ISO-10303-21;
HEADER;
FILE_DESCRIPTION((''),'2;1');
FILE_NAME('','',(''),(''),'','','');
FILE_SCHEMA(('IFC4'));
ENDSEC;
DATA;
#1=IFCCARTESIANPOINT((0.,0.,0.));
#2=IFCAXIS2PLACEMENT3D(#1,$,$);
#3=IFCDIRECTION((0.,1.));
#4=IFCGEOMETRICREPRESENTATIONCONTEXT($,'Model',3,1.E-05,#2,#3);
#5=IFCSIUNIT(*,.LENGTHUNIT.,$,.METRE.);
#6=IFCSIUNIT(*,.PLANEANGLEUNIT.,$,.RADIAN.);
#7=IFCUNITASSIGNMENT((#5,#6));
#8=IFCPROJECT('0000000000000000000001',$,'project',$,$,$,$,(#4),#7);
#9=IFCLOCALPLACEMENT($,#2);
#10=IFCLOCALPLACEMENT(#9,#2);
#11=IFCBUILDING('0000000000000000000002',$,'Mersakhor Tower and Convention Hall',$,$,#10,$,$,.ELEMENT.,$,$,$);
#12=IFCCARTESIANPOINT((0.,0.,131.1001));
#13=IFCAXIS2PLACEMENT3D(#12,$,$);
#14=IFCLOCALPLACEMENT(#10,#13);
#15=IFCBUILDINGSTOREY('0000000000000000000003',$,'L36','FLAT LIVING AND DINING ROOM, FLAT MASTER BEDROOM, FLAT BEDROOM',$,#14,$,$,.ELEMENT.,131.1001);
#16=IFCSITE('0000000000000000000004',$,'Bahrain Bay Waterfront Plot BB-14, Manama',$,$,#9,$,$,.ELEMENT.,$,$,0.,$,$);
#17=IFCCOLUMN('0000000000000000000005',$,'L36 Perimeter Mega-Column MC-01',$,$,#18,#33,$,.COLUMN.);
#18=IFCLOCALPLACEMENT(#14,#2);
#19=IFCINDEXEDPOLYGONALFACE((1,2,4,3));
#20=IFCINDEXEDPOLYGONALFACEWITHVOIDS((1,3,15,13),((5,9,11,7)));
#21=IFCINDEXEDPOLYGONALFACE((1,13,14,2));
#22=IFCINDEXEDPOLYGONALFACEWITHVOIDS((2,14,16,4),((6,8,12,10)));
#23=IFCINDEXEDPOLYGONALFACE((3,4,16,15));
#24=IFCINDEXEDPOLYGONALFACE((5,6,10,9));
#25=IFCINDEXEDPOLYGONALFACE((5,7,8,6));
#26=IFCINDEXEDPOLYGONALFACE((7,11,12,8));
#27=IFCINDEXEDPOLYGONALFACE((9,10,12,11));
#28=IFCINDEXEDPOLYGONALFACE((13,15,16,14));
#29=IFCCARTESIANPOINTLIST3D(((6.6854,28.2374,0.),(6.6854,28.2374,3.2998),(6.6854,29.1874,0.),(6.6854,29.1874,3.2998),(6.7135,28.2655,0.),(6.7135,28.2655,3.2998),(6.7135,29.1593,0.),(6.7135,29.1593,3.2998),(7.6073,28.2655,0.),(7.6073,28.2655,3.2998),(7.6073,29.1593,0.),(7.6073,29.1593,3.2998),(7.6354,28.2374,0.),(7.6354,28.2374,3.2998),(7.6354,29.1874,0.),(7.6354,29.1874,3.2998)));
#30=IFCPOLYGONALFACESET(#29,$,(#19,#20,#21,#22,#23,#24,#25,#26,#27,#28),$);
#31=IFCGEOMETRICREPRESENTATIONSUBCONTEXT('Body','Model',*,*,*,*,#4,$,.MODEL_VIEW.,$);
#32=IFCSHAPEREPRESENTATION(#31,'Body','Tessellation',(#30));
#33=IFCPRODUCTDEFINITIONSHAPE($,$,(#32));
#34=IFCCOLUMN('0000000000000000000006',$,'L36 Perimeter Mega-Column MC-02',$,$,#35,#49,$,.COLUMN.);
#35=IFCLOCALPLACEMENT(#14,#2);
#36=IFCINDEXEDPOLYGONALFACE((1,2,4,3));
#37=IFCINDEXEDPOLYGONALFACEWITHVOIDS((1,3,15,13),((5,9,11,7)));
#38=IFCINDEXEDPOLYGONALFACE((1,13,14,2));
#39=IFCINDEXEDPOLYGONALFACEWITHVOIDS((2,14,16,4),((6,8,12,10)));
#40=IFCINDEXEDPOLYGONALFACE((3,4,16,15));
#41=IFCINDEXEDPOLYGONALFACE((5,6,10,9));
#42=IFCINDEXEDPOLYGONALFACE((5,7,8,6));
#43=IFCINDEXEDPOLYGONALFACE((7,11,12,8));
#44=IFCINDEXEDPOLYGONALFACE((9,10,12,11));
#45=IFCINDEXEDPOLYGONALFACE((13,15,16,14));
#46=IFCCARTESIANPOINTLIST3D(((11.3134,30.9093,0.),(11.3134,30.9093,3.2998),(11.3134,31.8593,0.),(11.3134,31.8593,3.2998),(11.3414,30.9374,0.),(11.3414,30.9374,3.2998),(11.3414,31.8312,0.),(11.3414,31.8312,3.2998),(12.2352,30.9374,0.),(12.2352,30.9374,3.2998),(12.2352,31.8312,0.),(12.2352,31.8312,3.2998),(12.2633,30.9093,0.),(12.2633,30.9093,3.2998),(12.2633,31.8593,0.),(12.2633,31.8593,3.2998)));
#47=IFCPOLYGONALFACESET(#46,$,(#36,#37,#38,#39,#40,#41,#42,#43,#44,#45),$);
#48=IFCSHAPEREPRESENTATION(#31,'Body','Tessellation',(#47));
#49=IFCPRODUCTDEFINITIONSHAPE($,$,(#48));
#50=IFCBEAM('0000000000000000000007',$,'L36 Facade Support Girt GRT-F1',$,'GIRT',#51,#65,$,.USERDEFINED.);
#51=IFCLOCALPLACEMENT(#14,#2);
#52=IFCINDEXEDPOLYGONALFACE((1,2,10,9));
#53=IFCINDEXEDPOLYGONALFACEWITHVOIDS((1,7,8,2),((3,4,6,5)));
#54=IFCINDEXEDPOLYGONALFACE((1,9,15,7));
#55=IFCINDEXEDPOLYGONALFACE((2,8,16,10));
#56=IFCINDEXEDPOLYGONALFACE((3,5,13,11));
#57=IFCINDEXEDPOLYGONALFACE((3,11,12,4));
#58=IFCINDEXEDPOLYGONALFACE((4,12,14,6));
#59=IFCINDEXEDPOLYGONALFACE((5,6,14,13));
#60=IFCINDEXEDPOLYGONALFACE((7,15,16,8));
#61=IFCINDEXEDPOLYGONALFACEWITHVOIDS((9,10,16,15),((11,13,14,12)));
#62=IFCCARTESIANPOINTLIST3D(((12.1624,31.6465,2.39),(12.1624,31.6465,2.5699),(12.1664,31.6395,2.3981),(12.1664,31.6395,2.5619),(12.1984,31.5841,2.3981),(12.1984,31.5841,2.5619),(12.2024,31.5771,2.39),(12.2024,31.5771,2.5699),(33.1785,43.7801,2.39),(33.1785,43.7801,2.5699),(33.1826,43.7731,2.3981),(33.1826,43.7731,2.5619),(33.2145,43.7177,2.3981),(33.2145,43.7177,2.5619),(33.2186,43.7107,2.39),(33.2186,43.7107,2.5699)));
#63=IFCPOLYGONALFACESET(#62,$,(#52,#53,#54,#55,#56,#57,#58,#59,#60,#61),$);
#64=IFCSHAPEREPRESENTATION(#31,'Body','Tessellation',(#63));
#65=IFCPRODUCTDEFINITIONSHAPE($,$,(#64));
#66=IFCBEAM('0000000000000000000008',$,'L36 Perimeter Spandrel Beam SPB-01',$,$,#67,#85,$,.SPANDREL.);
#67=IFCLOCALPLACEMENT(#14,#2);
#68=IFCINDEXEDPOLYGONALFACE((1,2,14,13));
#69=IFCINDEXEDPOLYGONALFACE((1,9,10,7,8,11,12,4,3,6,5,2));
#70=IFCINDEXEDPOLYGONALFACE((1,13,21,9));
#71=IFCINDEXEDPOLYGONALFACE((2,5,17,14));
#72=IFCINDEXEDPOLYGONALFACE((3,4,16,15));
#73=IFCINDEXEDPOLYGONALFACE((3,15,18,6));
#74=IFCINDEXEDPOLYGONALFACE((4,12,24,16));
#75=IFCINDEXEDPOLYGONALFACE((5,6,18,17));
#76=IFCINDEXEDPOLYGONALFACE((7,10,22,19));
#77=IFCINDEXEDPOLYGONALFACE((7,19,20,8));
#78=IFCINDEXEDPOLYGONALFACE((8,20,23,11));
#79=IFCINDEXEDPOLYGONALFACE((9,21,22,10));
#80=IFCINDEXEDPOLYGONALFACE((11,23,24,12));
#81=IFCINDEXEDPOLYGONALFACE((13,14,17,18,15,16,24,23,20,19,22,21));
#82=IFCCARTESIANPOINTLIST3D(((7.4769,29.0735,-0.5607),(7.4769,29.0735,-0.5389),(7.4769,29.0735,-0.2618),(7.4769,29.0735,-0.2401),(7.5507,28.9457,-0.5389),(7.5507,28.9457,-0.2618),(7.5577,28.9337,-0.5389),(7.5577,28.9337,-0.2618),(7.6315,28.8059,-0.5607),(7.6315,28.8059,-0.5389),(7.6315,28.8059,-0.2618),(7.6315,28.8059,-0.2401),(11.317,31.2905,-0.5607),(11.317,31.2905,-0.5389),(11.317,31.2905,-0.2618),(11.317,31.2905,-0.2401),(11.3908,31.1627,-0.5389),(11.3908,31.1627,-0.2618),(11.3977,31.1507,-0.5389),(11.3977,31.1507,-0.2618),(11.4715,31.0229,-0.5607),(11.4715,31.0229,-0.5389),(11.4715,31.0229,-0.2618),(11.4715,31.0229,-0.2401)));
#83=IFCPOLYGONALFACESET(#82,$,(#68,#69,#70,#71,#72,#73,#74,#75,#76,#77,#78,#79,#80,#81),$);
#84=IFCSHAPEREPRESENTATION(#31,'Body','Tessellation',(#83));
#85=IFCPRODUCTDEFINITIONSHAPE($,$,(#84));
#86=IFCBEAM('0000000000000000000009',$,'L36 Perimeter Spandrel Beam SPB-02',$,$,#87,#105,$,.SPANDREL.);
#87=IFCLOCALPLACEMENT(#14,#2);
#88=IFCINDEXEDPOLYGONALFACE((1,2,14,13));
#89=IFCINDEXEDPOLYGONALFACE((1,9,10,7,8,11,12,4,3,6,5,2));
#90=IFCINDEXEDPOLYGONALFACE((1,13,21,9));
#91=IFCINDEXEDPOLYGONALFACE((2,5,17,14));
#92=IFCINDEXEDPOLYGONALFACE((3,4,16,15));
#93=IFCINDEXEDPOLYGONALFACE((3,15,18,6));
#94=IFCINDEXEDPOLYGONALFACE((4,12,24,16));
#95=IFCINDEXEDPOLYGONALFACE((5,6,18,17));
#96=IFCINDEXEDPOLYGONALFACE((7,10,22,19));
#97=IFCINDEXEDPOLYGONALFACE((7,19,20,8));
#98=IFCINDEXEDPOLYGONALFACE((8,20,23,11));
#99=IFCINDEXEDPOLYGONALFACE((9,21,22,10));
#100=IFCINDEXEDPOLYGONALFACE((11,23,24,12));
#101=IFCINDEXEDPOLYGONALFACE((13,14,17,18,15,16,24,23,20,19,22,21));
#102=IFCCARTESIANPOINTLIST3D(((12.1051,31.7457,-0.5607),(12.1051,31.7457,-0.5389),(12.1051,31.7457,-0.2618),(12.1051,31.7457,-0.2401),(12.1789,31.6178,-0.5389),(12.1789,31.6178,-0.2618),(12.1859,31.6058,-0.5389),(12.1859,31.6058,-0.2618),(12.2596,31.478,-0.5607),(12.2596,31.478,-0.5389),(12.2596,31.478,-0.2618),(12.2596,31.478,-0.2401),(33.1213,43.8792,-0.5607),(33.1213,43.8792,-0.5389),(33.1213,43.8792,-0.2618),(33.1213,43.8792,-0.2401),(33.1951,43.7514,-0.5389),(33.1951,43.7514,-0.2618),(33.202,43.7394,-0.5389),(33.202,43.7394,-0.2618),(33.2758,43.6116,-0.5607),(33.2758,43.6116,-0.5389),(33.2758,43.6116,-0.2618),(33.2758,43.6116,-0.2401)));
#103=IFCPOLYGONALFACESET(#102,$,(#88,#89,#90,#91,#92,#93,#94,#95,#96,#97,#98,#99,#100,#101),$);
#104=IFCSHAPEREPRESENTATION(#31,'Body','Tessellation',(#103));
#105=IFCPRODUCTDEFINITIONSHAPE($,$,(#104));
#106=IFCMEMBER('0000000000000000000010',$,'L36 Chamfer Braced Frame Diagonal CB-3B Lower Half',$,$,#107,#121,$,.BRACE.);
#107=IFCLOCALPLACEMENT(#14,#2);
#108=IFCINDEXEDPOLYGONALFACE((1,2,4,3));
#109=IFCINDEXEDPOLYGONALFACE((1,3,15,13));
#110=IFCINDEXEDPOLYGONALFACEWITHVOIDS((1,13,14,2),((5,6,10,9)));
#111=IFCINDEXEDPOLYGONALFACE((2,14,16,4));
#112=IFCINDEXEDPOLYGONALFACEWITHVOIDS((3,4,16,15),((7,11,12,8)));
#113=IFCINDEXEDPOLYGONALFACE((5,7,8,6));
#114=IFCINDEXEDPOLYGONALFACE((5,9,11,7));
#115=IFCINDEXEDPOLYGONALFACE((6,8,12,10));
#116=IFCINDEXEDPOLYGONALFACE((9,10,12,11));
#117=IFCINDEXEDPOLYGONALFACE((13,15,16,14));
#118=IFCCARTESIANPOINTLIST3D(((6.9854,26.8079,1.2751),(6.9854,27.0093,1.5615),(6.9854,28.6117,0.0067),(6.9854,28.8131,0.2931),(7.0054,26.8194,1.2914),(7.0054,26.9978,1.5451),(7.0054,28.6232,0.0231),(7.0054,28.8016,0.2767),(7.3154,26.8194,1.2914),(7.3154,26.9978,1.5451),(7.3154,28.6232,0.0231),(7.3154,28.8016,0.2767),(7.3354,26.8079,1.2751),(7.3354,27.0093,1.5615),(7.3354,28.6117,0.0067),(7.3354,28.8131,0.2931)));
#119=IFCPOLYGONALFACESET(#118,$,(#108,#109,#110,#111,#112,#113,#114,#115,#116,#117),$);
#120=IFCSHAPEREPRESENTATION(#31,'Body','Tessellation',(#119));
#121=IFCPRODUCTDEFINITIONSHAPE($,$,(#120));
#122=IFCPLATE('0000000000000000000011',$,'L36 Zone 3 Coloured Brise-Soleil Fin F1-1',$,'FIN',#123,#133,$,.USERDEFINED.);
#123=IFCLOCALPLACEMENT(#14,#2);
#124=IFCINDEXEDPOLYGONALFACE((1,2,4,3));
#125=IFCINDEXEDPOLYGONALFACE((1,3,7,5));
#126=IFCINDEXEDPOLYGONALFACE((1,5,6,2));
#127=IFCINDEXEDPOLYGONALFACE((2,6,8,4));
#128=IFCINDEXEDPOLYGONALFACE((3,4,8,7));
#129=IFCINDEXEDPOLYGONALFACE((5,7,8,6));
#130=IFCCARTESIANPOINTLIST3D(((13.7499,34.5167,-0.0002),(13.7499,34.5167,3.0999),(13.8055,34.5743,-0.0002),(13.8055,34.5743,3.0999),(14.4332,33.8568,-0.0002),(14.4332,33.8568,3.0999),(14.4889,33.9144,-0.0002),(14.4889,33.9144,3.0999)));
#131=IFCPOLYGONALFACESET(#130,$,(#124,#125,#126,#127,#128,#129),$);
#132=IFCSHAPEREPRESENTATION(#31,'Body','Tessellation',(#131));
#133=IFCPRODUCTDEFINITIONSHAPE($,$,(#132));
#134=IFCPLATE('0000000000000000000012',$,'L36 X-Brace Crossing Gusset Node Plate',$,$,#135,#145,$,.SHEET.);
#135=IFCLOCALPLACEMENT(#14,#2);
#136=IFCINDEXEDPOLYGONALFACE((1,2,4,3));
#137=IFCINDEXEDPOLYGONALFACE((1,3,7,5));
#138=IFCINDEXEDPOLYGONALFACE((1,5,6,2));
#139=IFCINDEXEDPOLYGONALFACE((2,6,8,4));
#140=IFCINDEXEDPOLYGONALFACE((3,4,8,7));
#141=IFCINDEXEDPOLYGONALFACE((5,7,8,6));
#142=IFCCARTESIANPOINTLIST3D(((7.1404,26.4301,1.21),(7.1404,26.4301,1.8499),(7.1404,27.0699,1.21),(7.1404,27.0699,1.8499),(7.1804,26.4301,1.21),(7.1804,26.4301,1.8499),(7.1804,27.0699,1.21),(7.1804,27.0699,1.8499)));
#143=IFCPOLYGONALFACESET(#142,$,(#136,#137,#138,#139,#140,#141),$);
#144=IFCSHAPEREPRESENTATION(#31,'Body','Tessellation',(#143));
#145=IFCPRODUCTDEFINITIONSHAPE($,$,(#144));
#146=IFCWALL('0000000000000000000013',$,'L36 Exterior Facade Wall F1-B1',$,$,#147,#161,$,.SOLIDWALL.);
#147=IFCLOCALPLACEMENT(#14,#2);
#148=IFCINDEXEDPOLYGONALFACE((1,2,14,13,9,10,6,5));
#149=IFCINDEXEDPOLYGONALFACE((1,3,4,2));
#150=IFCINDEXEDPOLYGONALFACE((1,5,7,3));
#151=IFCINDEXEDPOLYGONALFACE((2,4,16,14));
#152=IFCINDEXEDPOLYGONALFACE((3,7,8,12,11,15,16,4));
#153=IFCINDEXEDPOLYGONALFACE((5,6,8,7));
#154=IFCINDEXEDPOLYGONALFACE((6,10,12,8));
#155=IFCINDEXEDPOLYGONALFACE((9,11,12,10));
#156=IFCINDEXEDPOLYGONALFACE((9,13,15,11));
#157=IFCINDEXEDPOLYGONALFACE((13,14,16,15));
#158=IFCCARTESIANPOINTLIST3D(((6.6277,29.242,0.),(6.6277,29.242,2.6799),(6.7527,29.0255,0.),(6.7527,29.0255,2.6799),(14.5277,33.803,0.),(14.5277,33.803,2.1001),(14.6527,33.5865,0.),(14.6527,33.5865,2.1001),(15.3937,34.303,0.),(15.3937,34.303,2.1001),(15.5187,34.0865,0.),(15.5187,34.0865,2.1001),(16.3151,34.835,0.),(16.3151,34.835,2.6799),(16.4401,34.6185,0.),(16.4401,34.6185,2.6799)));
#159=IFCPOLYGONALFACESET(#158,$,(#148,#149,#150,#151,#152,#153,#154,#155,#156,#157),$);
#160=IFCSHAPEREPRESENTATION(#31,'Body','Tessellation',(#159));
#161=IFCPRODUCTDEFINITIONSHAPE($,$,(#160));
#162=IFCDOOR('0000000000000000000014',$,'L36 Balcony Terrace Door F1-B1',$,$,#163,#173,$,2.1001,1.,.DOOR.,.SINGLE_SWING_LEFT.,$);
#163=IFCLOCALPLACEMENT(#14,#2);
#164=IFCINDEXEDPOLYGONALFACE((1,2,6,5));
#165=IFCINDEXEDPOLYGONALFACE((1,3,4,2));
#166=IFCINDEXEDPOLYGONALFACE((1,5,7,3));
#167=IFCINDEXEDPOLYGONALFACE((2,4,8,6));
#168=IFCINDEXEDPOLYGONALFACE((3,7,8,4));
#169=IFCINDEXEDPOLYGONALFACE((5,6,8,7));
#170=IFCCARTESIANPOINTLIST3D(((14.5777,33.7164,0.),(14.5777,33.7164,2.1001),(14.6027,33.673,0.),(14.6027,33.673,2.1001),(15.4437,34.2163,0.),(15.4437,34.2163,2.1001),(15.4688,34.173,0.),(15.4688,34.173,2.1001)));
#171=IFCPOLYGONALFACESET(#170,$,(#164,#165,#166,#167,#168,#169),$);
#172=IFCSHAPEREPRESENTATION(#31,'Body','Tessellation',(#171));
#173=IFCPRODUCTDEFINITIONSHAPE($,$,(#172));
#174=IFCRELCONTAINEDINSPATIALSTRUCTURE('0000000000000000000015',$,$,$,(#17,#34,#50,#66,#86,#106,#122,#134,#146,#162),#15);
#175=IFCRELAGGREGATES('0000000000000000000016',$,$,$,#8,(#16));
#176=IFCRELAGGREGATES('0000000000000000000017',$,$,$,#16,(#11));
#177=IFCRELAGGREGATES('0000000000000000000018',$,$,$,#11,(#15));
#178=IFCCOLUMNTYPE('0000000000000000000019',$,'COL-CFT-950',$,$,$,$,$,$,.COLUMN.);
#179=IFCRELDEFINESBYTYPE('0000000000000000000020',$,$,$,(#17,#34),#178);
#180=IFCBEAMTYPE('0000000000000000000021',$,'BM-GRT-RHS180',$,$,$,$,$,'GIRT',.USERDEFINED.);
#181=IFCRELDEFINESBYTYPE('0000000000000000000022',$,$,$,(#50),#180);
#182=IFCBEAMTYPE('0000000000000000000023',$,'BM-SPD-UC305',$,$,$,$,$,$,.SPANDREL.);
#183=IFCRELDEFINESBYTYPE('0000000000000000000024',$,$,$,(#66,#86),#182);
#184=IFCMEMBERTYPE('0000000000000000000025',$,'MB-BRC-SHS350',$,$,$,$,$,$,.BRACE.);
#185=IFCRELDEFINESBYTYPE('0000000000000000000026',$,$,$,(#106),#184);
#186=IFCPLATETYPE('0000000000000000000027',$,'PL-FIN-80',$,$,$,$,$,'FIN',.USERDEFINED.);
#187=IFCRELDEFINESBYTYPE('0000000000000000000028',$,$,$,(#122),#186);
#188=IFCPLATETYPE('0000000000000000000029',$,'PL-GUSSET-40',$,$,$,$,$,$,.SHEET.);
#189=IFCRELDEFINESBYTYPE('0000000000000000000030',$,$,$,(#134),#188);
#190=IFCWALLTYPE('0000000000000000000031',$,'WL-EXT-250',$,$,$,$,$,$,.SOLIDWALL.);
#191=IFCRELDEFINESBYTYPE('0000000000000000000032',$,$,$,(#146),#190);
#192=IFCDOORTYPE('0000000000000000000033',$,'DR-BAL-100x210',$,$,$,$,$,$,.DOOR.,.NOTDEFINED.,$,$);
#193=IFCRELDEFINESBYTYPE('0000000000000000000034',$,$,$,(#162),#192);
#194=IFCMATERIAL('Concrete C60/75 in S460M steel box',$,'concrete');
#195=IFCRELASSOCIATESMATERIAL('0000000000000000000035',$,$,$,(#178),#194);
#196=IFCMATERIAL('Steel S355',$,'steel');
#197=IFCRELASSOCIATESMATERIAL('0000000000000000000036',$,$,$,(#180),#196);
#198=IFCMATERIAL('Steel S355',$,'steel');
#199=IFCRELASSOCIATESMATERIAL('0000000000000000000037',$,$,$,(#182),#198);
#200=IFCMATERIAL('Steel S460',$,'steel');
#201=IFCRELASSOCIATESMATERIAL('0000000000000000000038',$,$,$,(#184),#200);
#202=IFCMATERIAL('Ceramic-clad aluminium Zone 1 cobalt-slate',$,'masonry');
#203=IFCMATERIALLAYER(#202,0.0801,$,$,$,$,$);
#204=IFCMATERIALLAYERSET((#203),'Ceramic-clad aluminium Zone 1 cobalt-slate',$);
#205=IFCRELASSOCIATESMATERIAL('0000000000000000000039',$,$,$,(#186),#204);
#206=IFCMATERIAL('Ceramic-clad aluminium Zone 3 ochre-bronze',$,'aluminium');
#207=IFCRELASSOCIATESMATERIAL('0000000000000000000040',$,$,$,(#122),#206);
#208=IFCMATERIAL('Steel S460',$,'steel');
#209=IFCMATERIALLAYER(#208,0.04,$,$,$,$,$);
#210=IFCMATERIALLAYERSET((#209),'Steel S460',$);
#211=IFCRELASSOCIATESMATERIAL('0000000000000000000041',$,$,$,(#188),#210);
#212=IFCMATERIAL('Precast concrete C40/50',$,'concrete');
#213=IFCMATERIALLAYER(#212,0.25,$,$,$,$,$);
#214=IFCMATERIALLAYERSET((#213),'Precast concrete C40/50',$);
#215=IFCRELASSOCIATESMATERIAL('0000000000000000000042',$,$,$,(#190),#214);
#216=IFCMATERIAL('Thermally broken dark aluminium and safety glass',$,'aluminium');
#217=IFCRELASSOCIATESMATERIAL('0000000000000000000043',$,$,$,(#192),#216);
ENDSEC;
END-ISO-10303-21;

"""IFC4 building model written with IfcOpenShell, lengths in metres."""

from ifc_helpers import new_model, si_unit, direction, frame, frame_2d, origin, origin_2d, place, context, subcontext, project, spatial, rectangle, hollow_rectangle, i_section, extrude, material, layer, layer_set, material_profile, profile_set, type_object, element, fill, save


model = new_model("IFC4")

# Units and contexts
model_context = context("Model", 3, precision=1e-05, world=origin(), true_north=direction((0.0, 1.0)))
body_context = subcontext(model_context, "Body", "Model", "MODEL_VIEW")
ifc_project = project(units=[si_unit("LENGTHUNIT", "METRE"), si_unit("PLANEANGLEUNIT", "RADIAN")], contexts=[model_context])

# Site, building, storey
site_placement = place(None, origin())
site = spatial("IfcSite", under=ifc_project, at=site_placement, Name="Bahrain Bay Waterfront Plot BB-14, Manama", CompositionType="ELEMENT", RefElevation=0.0)
building_placement = place(site_placement, origin())
building = spatial("IfcBuilding", under=site, at=building_placement, Name="Mersakhor Tower and Convention Hall", CompositionType="ELEMENT")
storey_placement = place(building_placement, frame((0.0, 0.0, 131.1001)))
storey = spatial("IfcBuildingStorey", under=building, at=storey_placement, Name="L36", Description="FLAT LIVING AND DINING ROOM, FLAT MASTER BEDROOM, FLAT BEDROOM", CompositionType="ELEMENT", Elevation=131.1001)

# Columns
ifc_material_1 = material(Name="Concrete C60/75 in S460M steel box", Category="concrete")
ifc_material_profile_1 = material_profile(ifc_material_1, hollow_rectangle(XDim=0.95, YDim=0.95, WallThickness=0.0281, at=origin_2d()), Name="SHS 950x950x28")
ifc_profile_set_1 = profile_set([ifc_material_profile_1], Name="Concrete C60/75 in S460M steel box")
column_type = type_object("IfcColumnType", Name="COL-CFT-950", PredefinedType="COLUMN", material=ifc_profile_set_1)
for number, where, z_axis, x_axis, name in (
    (1, (7.1604, 28.7124, 0.0), (0.0, 0.0, 1.0), (1.0, 0.0, 0.0), "L36 Perimeter Mega-Column MC-01"),
    (2, (11.7883, 31.3843, 0.0), (0.0, 0.0, 1.0), (1.0, 0.0, 0.0), "L36 Perimeter Mega-Column MC-02"),
):
    element("IfcColumn", number, at=place(storey_placement, frame(where, z_axis=z_axis, x_axis=x_axis)), inside=storey, type_object=column_type, Name=name, PredefinedType="COLUMN", context=body_context, shape_type="SweptSolid", body=[
        extrude(hollow_rectangle(XDim=0.95, YDim=0.95, WallThickness=0.0281, at=origin_2d()), origin(), (0.0, 0.0, 1.0), 3.2998),
    ])

# Beams
ifc_material_2 = material(Name="Steel S355", Category="steel")
ifc_material_profile_2 = material_profile(ifc_material_2, hollow_rectangle(XDim=0.0801, YDim=0.1799, WallThickness=0.0081, at=origin_2d()), Name="RHS 180x80x8")
ifc_profile_set_2 = profile_set([ifc_material_profile_2], Name="Steel S355")
beam_type_1 = type_object("IfcBeamType", Name="BM-GRT-RHS180", ElementType="GIRT", PredefinedType="USERDEFINED", material=ifc_profile_set_2)
beam_1_placement = place(storey_placement, frame((12.1824, 31.6118, 2.48), z_axis=(0.866027, 0.499996, 0.0), x_axis=(-0.499996, 0.866027, 0.0)))
element("IfcBeam", 3, at=beam_1_placement, inside=storey, type_object=beam_type_1, Name="L36 Facade Support Girt GRT-F1", ObjectType="GIRT", PredefinedType="USERDEFINED", context=body_context, shape_type="SweptSolid", body=[
    extrude(hollow_rectangle(XDim=0.0801, YDim=0.1799, WallThickness=0.0081, at=origin_2d()), origin(), (0.0, 0.0, 1.0), 24.2673),
])
ifc_material_3 = material(Name="Steel S355", Category="steel")
ifc_material_profile_3 = material_profile(ifc_material_3, i_section(OverallWidth=0.3091, OverallDepth=0.3206, WebThickness=0.0139, FlangeThickness=0.0217, at=origin_2d()), Name="UC 305x305x137")
ifc_profile_set_3 = profile_set([ifc_material_profile_3], Name="Steel S355")
beam_type_2 = type_object("IfcBeamType", Name="BM-SPD-UC305", PredefinedType="SPANDREL", material=ifc_profile_set_3)
beam_2_placement = place(storey_placement, frame((7.5542, 28.9397, -0.4004), z_axis=(0.866029, 0.499994, 0.0), x_axis=(-0.499994, 0.866029, 0.0)))
element("IfcBeam", 4, at=beam_2_placement, inside=storey, type_object=beam_type_2, Name="L36 Perimeter Spandrel Beam SPB-01", PredefinedType="SPANDREL", context=body_context, shape_type="SweptSolid", body=[
    extrude(i_section(OverallWidth=0.3091, OverallDepth=0.3206, WebThickness=0.0139, FlangeThickness=0.0217, at=origin_2d()), origin(), (0.0, 0.0, 1.0), 4.4341),
])
beam_3_placement = place(storey_placement, frame((12.1824, 31.6118, -0.4004), z_axis=(0.866027, 0.499996, 0.0), x_axis=(-0.499996, 0.866027, 0.0)))
element("IfcBeam", 5, at=beam_3_placement, inside=storey, type_object=beam_type_2, Name="L36 Perimeter Spandrel Beam SPB-02", PredefinedType="SPANDREL", context=body_context, shape_type="SweptSolid", body=[
    extrude(i_section(OverallWidth=0.3091, OverallDepth=0.3206, WebThickness=0.0139, FlangeThickness=0.0217, at=origin_2d()), origin(), (0.0, 0.0, 1.0), 24.2673),
])

# Member
ifc_material_4 = material(Name="Steel S460", Category="steel")
ifc_material_profile_4 = material_profile(ifc_material_4, hollow_rectangle(XDim=0.3501, YDim=0.3501, WallThickness=0.02, at=origin_2d()), Name="SHS 350x350x20")
ifc_profile_set_4 = profile_set([ifc_material_profile_4], Name="Steel S460")
member_type = type_object("IfcMemberType", Name="MB-BRC-SHS350", PredefinedType="BRACE", material=ifc_profile_set_4)
member_placement = place(storey_placement, frame((7.1604, 28.7124, 0.1499), z_axis=(0.0, -0.818013, 0.5752), x_axis=(1.0, 0.0, 0.0)))
element("IfcMember", 6, at=member_placement, inside=storey, type_object=member_type, Name="L36 Chamfer Braced Frame Diagonal CB-3B Lower Half", PredefinedType="BRACE", context=body_context, shape_type="SweptSolid", body=[
    extrude(hollow_rectangle(XDim=0.3501, YDim=0.3501, WallThickness=0.02, at=origin_2d()), origin(), (0.0, 0.0, 1.0), 2.2051),
])

# Plates
ifc_material_5 = material(Name="Ceramic-clad aluminium Zone 3 ochre-bronze", Category="aluminium")
ifc_material_6 = material(Name="Ceramic-clad aluminium Zone 1 cobalt-slate", Category="masonry")
ifc_layer_1 = layer(ifc_material_6, 0.0801)
ifc_layer_set_1 = layer_set([ifc_layer_1], Name="Ceramic-clad aluminium Zone 1 cobalt-slate")
plate_type_1 = type_object("IfcPlateType", Name="PL-FIN-80", ElementType="FIN", PredefinedType="USERDEFINED", material=ifc_layer_set_1)
plate_1_placement = place(storey_placement, frame((14.1194, 34.2156, -0.0002), z_axis=(0.0, 0.0, 1.0), x_axis=(-0.71934, 0.694658, 0.0)))
element("IfcPlate", 7, at=plate_1_placement, inside=storey, type_object=plate_type_1, material=ifc_material_5, Name="L36 Zone 3 Coloured Brise-Soleil Fin F1-1", ObjectType="FIN", PredefinedType="USERDEFINED", context=body_context, shape_type="SweptSolid", body=[
    extrude(rectangle(XDim=0.95, YDim=0.0801, at=origin_2d()), origin(), (0.0, 0.0, 1.0), 3.1001),
])
ifc_material_7 = material(Name="Steel S460", Category="steel")
ifc_layer_2 = layer(ifc_material_7, 0.04)
ifc_layer_set_2 = layer_set([ifc_layer_2], Name="Steel S460")
plate_type_2 = type_object("IfcPlateType", Name="PL-GUSSET-40", PredefinedType="SHEET", material=ifc_layer_set_2)
plate_2_placement = place(storey_placement, frame((7.1604, 26.75, 1.21), z_axis=(0.0, 0.0, 1.0), x_axis=(0.0, -1.0, 0.0)))
element("IfcPlate", 8, at=plate_2_placement, inside=storey, type_object=plate_type_2, Name="L36 X-Brace Crossing Gusset Node Plate", PredefinedType="SHEET", context=body_context, shape_type="SweptSolid", body=[
    extrude(rectangle(XDim=0.6399, YDim=0.04, at=origin_2d()), origin(), (0.0, 0.0, 1.0), 0.6399),
])

# Wall, opening, door
ifc_material_8 = material(Name="Precast concrete C40/50", Category="concrete")
ifc_layer_3 = layer(ifc_material_8, 0.25)
ifc_layer_set_3 = layer_set([ifc_layer_3], Name="Precast concrete C40/50")
wall_type_1 = type_object("IfcWallType", Name="WL-EXT-250", PredefinedType="SOLIDWALL", material=ifc_layer_set_3)
wall_1_placement = place(storey_placement, frame((6.6902, 29.1338, 0.0), z_axis=(0.0, 0.0, 1.0), x_axis=(0.866028, 0.499996, 0.0)))
wall_1 = element("IfcWall", 9, at=wall_1_placement, inside=storey, type_object=wall_type_1, Name="L36 Exterior Facade Wall F1-B1", PredefinedType="SOLIDWALL", context=body_context, shape_type="SweptSolid", body=[
    extrude(rectangle(XDim=11.186, YDim=0.25, at=frame_2d((5.593, 0.0))), origin(), (0.0, 0.0, 1.0), 2.6799),
])
opening_1_placement = place(wall_1_placement, frame((9.1221, 0.0, 0.0)))
opening_1 = element("IfcOpeningElement", 10, at=opening_1_placement, cuts=wall_1, PredefinedType="OPENING", context=body_context, shape_type="SweptSolid", body=[
    extrude(rectangle(XDim=1.0, YDim=2.1001, at=frame_2d((0.5, 1.05))), frame((0.0, 0.135, 0.0), z_axis=(0.0, -1.0, 0.0), x_axis=(1.0, 0.0, 0.0)), (0.0, 0.0, 1.0), 0.27),
])
ifc_material_9 = material(Name="Thermally broken dark aluminium and safety glass", Category="aluminium")
door_type_1 = type_object("IfcDoorType", Name="DR-BAL-100x210", OperationType="NOTDEFINED", PredefinedType="DOOR", material=ifc_material_9)
door_1_placement = place(opening_1_placement, origin())
door_1 = element("IfcDoor", 11, at=door_1_placement, inside=storey, type_object=door_type_1, Name="L36 Balcony Terrace Door F1-B1", OperationType="SINGLE_SWING_LEFT", OverallHeight=2.1001, OverallWidth=1.0, PredefinedType="DOOR", context=body_context, shape_type="SweptSolid", body=[
    extrude(rectangle(XDim=1.0, YDim=2.1001, at=frame_2d((0.5, 1.05))), frame((0.0, 0.0249, 0.0), z_axis=(0.0, -1.0, 0.0), x_axis=(1.0, 0.0, 0.0)), (0.0, 0.0, 1.0), 0.05),
])
fill(opening_1, door_1)

save(model, "model.ifc")
